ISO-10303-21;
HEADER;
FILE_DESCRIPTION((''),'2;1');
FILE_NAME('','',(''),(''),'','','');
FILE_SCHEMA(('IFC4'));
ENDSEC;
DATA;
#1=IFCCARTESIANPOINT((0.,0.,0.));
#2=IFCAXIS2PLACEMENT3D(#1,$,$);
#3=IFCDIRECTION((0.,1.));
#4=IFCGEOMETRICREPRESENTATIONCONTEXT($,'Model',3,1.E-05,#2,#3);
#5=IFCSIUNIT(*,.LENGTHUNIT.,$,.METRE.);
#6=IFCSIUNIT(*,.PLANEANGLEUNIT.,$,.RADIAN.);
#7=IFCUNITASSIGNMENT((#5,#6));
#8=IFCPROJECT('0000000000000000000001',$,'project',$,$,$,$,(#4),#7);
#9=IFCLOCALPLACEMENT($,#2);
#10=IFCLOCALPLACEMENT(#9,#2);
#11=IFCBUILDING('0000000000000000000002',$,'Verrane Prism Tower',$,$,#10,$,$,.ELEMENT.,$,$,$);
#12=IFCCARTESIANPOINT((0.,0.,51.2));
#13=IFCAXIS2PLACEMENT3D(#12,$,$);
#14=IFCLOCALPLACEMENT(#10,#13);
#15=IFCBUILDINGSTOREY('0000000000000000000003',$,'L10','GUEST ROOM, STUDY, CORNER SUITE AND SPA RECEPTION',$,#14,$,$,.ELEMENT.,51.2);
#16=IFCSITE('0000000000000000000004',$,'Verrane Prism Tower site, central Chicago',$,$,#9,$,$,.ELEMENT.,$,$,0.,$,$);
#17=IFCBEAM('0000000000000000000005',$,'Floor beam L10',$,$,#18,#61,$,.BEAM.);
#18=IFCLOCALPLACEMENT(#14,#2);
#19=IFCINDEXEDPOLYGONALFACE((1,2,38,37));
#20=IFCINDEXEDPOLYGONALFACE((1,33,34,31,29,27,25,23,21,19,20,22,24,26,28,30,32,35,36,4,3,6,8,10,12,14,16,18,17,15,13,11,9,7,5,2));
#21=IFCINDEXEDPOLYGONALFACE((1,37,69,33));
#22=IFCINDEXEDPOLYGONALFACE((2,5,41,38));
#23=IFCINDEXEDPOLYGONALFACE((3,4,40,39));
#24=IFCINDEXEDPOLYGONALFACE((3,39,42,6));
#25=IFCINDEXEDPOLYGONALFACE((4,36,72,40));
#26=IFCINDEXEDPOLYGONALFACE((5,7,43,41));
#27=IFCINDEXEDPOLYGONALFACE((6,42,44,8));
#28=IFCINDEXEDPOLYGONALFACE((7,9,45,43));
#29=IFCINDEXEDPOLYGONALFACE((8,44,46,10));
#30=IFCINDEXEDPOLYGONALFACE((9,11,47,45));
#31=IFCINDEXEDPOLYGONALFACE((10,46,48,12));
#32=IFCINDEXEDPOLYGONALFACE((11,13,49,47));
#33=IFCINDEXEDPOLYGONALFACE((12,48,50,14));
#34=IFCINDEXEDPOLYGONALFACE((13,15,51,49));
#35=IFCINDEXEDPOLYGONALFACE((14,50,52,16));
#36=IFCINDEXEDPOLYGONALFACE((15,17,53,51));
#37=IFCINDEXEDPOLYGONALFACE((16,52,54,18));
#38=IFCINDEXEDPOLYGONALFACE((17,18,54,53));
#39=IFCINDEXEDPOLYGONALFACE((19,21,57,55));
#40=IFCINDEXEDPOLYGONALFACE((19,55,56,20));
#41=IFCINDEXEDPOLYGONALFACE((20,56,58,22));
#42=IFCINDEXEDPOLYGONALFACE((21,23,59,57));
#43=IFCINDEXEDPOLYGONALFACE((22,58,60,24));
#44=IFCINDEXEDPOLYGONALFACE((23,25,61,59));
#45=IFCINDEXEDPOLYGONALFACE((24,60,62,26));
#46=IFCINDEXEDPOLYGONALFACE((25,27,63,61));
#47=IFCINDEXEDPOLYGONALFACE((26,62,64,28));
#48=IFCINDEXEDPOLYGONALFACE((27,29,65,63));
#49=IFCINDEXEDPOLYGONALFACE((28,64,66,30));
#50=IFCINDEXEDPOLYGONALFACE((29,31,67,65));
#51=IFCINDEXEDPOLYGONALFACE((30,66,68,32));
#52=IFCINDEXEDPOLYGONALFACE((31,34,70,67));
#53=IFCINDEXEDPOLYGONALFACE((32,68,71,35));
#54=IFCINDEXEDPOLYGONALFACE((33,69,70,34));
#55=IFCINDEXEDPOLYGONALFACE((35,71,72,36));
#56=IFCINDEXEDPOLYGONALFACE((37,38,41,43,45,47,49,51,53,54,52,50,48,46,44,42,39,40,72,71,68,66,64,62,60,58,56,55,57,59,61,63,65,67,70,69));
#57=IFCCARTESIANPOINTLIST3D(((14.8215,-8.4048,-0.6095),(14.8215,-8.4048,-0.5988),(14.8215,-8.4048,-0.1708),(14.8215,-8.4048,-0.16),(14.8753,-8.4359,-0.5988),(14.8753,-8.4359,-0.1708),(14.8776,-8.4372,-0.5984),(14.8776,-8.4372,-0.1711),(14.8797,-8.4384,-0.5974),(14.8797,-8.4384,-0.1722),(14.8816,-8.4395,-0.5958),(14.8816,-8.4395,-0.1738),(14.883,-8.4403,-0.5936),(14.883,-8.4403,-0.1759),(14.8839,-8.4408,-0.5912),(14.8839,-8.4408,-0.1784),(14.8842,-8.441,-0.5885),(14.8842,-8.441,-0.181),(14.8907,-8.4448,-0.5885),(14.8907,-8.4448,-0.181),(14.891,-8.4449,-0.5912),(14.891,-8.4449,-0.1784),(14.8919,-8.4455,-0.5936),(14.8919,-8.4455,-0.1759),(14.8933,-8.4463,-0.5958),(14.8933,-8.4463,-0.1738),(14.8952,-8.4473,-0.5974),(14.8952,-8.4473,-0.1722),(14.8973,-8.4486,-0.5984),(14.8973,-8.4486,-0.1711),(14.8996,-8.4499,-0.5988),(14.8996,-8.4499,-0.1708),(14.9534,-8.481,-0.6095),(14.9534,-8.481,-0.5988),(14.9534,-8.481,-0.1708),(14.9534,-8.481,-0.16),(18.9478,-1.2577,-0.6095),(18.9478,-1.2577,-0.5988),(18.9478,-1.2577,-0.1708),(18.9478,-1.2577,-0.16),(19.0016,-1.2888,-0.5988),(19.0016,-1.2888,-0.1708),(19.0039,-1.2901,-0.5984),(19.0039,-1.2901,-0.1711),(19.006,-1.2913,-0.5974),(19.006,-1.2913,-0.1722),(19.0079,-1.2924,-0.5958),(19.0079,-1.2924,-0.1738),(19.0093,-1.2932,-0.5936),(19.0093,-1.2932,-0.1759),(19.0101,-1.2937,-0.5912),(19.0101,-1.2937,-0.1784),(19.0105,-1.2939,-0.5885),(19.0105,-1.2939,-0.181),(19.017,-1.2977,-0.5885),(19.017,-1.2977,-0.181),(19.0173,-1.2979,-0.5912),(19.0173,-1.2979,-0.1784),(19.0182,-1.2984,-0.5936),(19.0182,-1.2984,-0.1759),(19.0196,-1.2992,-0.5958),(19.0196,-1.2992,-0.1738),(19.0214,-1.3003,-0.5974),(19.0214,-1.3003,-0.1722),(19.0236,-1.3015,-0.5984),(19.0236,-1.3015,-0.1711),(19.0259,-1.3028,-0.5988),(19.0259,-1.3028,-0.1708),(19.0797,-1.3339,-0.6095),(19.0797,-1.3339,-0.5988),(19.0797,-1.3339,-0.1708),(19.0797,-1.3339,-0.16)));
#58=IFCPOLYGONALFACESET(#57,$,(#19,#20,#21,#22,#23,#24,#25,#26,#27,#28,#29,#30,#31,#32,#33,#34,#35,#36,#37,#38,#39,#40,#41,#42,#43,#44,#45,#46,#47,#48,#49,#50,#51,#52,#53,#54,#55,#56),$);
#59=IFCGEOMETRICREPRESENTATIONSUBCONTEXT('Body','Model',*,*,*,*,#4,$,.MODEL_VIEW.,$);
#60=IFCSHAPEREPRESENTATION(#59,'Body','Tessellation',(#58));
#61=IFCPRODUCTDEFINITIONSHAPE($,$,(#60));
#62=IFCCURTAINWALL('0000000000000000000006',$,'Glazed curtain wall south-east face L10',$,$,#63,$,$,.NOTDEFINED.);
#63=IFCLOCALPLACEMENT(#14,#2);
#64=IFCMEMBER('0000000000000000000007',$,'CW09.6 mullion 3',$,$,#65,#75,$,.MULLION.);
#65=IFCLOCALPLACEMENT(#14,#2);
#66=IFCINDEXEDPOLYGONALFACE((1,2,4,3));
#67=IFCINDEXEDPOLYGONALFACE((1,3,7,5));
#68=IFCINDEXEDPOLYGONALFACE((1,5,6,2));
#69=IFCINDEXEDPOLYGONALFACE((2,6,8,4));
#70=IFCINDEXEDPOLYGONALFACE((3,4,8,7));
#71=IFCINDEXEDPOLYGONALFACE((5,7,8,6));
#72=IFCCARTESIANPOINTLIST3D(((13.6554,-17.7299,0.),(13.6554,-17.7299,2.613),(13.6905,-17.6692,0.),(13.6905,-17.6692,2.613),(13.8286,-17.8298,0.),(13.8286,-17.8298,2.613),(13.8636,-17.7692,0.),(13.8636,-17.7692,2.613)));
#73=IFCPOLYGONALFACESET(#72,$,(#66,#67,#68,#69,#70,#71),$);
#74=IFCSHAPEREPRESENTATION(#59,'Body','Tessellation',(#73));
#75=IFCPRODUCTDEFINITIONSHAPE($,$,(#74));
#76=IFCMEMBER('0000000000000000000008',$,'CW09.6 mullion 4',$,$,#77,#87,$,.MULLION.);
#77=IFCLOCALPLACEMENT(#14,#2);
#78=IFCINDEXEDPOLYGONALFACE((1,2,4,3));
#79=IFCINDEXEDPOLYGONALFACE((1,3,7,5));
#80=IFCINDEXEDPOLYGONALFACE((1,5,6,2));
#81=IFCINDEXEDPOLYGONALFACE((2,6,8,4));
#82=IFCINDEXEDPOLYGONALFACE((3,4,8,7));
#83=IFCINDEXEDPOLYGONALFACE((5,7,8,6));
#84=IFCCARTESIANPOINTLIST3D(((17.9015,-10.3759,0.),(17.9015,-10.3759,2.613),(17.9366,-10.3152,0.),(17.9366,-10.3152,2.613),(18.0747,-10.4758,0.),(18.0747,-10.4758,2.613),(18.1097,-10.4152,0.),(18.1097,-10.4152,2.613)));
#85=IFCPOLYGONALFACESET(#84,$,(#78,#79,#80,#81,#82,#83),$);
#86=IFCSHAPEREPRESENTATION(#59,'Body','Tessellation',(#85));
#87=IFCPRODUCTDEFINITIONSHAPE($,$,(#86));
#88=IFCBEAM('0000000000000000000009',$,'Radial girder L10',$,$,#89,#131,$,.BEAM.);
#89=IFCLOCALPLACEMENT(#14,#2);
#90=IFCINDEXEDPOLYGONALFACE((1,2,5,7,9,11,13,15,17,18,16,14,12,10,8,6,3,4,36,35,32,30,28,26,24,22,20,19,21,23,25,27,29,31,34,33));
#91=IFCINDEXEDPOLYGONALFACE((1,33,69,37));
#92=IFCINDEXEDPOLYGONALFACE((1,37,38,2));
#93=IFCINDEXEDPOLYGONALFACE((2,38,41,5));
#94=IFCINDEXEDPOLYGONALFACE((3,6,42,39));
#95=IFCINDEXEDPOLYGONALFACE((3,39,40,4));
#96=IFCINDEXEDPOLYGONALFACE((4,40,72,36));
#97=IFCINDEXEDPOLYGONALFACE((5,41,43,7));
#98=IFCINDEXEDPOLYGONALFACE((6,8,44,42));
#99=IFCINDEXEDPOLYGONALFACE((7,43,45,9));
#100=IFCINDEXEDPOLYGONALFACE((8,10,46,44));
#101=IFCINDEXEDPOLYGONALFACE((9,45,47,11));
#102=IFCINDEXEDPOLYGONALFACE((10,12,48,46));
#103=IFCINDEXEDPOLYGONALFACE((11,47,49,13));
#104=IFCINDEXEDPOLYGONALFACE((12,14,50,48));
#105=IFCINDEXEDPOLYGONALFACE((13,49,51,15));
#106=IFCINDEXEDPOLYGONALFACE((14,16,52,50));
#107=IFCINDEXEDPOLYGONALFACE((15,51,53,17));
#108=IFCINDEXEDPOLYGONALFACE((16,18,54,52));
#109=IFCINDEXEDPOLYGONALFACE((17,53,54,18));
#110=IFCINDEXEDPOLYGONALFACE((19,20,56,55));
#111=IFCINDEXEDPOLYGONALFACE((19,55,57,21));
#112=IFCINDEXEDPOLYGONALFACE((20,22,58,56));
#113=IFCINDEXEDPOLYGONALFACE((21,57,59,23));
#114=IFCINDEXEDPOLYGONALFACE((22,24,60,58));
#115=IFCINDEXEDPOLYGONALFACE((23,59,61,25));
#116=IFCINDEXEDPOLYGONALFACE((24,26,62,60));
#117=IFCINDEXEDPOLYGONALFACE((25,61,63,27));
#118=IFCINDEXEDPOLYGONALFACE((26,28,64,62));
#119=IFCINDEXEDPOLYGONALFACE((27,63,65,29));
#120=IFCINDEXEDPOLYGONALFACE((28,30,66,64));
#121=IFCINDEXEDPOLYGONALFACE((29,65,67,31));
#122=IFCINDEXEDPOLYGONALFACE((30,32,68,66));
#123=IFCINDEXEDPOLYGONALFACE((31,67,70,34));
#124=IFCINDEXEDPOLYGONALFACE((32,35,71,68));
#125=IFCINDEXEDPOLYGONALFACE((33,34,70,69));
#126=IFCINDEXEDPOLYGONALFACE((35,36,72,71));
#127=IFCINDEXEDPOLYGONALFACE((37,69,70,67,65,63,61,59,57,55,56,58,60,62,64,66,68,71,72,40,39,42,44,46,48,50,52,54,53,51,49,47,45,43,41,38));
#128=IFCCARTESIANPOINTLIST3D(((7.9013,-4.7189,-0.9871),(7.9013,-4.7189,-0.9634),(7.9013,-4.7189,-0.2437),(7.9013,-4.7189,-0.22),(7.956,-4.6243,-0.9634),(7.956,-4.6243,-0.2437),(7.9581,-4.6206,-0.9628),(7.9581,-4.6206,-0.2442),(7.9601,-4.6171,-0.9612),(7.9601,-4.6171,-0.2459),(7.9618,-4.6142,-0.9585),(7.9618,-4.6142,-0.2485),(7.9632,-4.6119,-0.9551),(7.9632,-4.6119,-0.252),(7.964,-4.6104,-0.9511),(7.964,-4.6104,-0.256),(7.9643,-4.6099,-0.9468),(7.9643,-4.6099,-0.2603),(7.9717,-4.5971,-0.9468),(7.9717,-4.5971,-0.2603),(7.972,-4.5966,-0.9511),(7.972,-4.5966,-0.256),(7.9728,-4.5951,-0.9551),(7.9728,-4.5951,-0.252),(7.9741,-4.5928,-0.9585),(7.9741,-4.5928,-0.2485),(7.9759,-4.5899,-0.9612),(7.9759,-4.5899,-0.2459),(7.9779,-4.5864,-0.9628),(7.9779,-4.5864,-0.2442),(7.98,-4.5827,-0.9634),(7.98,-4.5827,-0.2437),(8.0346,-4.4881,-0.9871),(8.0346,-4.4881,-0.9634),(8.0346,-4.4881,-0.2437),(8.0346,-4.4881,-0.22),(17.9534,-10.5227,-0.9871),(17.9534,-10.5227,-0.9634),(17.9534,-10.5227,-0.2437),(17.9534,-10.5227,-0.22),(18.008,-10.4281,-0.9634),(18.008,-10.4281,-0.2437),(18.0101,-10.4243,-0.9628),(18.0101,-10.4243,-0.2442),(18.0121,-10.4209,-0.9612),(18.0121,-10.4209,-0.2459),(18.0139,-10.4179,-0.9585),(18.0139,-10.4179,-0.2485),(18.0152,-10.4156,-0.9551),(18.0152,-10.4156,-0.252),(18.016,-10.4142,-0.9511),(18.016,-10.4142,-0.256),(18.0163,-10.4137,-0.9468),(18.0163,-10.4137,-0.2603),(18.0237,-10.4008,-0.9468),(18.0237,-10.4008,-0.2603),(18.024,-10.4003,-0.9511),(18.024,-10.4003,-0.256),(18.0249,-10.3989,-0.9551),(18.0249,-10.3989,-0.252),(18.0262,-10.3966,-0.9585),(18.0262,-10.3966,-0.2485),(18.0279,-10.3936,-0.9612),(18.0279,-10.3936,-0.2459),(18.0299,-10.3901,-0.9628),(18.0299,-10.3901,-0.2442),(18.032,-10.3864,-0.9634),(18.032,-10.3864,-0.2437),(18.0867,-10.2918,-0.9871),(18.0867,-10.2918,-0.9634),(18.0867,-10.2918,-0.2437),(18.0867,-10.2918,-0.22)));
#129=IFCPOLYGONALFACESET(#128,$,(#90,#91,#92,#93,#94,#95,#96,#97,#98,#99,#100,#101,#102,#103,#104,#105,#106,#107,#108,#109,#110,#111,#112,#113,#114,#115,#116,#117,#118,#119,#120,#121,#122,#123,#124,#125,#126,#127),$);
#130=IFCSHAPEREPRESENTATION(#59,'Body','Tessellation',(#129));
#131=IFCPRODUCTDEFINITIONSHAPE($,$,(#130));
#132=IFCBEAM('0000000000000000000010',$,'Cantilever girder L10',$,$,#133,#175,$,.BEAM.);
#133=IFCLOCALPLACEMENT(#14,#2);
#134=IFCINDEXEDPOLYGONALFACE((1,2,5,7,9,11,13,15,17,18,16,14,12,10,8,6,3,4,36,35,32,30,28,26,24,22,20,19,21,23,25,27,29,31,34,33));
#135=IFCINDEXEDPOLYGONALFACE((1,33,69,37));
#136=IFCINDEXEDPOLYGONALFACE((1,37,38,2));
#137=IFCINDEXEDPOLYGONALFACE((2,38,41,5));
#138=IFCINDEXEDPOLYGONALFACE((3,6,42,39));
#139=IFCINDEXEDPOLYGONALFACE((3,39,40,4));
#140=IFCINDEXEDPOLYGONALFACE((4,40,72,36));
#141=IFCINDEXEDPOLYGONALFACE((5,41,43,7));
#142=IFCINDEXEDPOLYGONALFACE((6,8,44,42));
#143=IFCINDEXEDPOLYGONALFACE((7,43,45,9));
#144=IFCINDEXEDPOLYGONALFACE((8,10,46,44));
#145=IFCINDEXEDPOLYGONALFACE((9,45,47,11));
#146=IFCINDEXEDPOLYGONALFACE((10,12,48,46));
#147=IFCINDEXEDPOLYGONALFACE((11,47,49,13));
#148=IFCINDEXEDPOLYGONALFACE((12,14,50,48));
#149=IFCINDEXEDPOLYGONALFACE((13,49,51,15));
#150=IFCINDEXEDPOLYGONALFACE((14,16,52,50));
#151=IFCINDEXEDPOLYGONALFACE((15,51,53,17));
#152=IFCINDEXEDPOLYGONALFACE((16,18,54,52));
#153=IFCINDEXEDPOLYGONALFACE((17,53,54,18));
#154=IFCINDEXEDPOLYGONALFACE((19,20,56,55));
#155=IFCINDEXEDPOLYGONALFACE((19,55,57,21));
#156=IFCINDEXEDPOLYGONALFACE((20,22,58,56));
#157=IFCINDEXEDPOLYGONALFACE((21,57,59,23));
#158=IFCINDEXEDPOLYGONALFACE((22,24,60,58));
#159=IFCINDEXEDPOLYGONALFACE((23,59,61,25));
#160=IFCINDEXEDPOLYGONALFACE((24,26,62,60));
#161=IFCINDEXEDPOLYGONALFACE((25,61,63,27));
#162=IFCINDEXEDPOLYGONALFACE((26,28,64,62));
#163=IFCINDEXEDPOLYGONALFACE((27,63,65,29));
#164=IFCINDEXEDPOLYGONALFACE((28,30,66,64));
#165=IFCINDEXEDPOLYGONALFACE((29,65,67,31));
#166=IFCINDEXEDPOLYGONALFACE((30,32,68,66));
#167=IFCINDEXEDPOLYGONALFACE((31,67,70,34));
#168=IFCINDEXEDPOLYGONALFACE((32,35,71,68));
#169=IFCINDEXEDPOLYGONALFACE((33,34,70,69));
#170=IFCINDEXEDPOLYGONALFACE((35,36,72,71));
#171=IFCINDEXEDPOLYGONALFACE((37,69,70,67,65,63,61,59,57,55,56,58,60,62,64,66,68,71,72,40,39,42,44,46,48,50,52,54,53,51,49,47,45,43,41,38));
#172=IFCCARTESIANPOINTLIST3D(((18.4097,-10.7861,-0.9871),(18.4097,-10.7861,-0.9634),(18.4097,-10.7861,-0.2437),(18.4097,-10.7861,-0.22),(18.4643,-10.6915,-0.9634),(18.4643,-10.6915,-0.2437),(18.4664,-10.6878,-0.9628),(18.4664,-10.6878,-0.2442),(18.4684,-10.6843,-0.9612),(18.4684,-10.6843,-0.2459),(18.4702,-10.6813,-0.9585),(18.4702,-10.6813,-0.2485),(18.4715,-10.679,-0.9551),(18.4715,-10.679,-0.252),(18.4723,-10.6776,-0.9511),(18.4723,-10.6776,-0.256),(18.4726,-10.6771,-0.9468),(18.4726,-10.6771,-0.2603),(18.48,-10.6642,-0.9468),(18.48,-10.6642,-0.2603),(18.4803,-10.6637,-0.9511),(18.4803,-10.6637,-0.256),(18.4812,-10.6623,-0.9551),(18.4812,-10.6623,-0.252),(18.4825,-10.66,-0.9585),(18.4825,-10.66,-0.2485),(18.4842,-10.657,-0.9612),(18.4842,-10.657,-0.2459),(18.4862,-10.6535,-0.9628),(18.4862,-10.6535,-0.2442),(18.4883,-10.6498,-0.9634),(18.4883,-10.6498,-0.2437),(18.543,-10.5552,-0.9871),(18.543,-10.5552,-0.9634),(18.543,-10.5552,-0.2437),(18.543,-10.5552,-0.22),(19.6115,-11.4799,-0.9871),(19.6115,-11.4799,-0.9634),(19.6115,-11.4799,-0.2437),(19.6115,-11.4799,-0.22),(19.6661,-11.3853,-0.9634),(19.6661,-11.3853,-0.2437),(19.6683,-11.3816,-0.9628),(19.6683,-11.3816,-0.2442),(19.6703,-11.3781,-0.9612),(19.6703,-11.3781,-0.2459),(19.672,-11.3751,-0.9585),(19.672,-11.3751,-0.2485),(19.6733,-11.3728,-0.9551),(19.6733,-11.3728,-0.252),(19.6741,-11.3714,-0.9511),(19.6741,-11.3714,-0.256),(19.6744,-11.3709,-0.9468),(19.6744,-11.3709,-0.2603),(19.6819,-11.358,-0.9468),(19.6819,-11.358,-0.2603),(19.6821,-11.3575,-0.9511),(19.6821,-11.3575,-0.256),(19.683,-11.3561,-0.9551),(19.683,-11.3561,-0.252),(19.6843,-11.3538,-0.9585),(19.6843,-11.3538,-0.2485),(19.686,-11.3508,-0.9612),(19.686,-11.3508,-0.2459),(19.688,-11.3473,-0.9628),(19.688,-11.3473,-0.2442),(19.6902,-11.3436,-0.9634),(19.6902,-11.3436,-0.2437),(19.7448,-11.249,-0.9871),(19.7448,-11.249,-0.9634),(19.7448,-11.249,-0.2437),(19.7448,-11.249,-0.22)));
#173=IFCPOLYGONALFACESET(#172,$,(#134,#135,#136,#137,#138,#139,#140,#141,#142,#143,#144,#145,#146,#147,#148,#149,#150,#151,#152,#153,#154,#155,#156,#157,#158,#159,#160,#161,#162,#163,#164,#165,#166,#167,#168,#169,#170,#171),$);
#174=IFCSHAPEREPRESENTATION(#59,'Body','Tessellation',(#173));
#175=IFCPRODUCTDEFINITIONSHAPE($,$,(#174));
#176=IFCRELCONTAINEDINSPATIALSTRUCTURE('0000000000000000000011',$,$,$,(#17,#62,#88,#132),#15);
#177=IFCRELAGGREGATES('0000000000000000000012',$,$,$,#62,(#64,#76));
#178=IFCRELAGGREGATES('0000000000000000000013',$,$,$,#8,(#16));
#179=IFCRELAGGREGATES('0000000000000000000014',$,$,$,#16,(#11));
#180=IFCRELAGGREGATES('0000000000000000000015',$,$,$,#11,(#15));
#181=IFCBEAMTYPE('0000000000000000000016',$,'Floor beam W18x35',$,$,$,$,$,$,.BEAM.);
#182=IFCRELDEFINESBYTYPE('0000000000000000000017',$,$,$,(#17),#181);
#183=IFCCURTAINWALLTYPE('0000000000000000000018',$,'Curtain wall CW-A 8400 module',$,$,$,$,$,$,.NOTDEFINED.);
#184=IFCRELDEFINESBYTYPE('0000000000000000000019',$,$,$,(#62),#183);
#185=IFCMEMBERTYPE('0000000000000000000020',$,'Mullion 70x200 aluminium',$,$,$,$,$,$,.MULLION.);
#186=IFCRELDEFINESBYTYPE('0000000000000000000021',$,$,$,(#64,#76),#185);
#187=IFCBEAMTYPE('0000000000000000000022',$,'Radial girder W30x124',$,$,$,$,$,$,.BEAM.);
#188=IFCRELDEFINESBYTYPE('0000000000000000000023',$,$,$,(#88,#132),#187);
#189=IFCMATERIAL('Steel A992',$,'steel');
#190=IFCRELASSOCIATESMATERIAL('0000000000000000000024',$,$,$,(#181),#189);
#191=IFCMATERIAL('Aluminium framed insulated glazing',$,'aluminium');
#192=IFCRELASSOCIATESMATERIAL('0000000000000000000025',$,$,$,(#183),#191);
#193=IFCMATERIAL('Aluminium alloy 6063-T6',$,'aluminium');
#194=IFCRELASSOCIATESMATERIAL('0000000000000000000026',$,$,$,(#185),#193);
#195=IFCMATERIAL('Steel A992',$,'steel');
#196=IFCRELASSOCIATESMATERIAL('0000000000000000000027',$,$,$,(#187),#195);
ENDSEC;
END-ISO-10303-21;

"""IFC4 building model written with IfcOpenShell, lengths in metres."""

from ifc_helpers import new_model, si_unit, direction, frame, origin, origin_2d, place, context, subcontext, project, spatial, rectangle, i_section, extrude, material, material_profile, profile_set, type_object, element, aggregate, save


model = new_model("IFC4")

# Units and contexts
model_context = context("Model", 3, precision=1e-05, world=origin(), true_north=direction((0.0, 1.0)))
body_context = subcontext(model_context, "Body", "Model", "MODEL_VIEW")
ifc_project = project(units=[si_unit("LENGTHUNIT", "METRE"), si_unit("PLANEANGLEUNIT", "RADIAN")], contexts=[model_context])

# Site, building, storey
site_placement = place(None, origin())
site = spatial("IfcSite", under=ifc_project, at=site_placement, Name="Verrane Prism Tower site, central Chicago", CompositionType="ELEMENT", RefElevation=0.0)
building_placement = place(site_placement, origin())
building = spatial("IfcBuilding", under=site, at=building_placement, Name="Verrane Prism Tower", CompositionType="ELEMENT")
storey_placement = place(building_placement, frame((0.0, 0.0, 51.2)))
storey = spatial("IfcBuildingStorey", under=building, at=storey_placement, Name="L10", Description="GUEST ROOM, STUDY, CORNER SUITE AND SPA RECEPTION", CompositionType="ELEMENT", Elevation=51.2)

# Beam
ifc_material_1 = material(Name="Steel A992", Category="steel")
ifc_material_profile_1 = material_profile(ifc_material_1, i_section(OverallWidth=0.1523, OverallDepth=0.4495, WebThickness=0.0076, FlangeThickness=0.0107, FilletRadius=0.0103, at=origin_2d()), Name="W18x35")
ifc_profile_set_1 = profile_set([ifc_material_profile_1], Name="Steel A992")
beam_type_1 = type_object("IfcBeamType", Name="Floor beam W18x35", PredefinedType="BEAM", material=ifc_profile_set_1)
beam_1_placement = place(storey_placement, frame((14.8875, -8.4429, -0.3848), z_axis=(0.499992, 0.86603, 0.0), x_axis=(-0.86603, 0.499992, 0.0)))
element("IfcBeam", 1, at=beam_1_placement, inside=storey, type_object=beam_type_1, Name="Floor beam L10", PredefinedType="BEAM", context=body_context, shape_type="SweptSolid", body=[
    extrude(i_section(OverallWidth=0.1523, OverallDepth=0.4495, WebThickness=0.0076, FlangeThickness=0.0107, FilletRadius=0.0103, at=origin_2d()), origin(), (0.0, 0.0, 1.0), 8.2527),
])

# Curtain wall, members
ifc_material_2 = material(Name="Aluminium framed insulated glazing", Category="aluminium")
curtain_wall_type = type_object("IfcCurtainWallType", Name="Curtain wall CW-A 8400 module", PredefinedType="NOTDEFINED", material=ifc_material_2)
curtain_wall_placement = place(storey_placement, origin())
curtain_wall = element("IfcCurtainWall", 2, at=curtain_wall_placement, inside=storey, type_object=curtain_wall_type, Name="Glazed curtain wall south-east face L10", PredefinedType="NOTDEFINED")
ifc_material_3 = material(Name="Aluminium alloy 6063-T6", Category="aluminium")
ifc_material_profile_2 = material_profile(ifc_material_3, rectangle(XDim=0.2, YDim=0.0701, at=origin_2d()), Name="Mullion 70x200 aluminium")
ifc_profile_set_2 = profile_set([ifc_material_profile_2], Name="Aluminium alloy 6063-T6")
member_type_1 = type_object("IfcMemberType", Name="Mullion 70x200 aluminium", PredefinedType="MULLION", material=ifc_profile_set_2)
member_1_placement = place(storey_placement, frame((13.7595, -17.7495, 0.0), z_axis=(0.0, 0.0, 1.0), x_axis=(-0.866026, 0.499999, 0.0)))
member_1 = element("IfcMember", 3, at=member_1_placement, type_object=member_type_1, Name="CW09.6 mullion 3", PredefinedType="MULLION", context=body_context, shape_type="SweptSolid", body=[
    extrude(rectangle(XDim=0.2, YDim=0.0701, at=origin_2d()), origin(), (0.0, 0.0, 1.0), 2.613),
])
member_2_placement = place(storey_placement, frame((18.0056, -10.3955, 0.0), z_axis=(0.0, 0.0, 1.0), x_axis=(-0.866026, 0.499999, 0.0)))
member_2 = element("IfcMember", 4, at=member_2_placement, type_object=member_type_1, Name="CW09.6 mullion 4", PredefinedType="MULLION", context=body_context, shape_type="SweptSolid", body=[
    extrude(rectangle(XDim=0.2, YDim=0.0701, at=origin_2d()), origin(), (0.0, 0.0, 1.0), 2.613),
])

# Beams
ifc_material_4 = material(Name="Steel A992", Category="steel")
ifc_material_profile_3 = material_profile(ifc_material_4, i_section(OverallWidth=0.2666, OverallDepth=0.7671, WebThickness=0.0149, FlangeThickness=0.0237, FilletRadius=0.0166, at=origin_2d()), Name="W30x124")
ifc_profile_set_3 = profile_set([ifc_material_profile_3], Name="Steel A992")
beam_type_2 = type_object("IfcBeamType", Name="Radial girder W30x124", PredefinedType="BEAM", material=ifc_profile_set_3)
beam_2_placement = place(storey_placement, frame((18.02, -10.4072, -0.6035), z_axis=(-0.866019, 0.500012, 0.0), x_axis=(-0.500012, -0.866019, 0.0)))
element("IfcBeam", 5, at=beam_2_placement, inside=storey, type_object=beam_type_2, Name="Radial girder L10", PredefinedType="BEAM", context=body_context, shape_type="SweptSolid", body=[
    extrude(i_section(OverallWidth=0.2666, OverallDepth=0.7671, WebThickness=0.0149, FlangeThickness=0.0237, FilletRadius=0.0166, at=origin_2d()), origin(), (0.0, 0.0, 1.0), 11.6072),
])
beam_3_placement = place(storey_placement, frame((18.4763, -10.6707, -0.6035), z_axis=(0.866048, -0.499961, 0.0), x_axis=(0.499961, 0.866048, 0.0)))
element("IfcBeam", 6, at=beam_3_placement, inside=storey, type_object=beam_type_2, Name="Cantilever girder L10", PredefinedType="BEAM", context=body_context, shape_type="SweptSolid", body=[
    extrude(i_section(OverallWidth=0.2666, OverallDepth=0.7671, WebThickness=0.0149, FlangeThickness=0.0237, FilletRadius=0.0166, at=origin_2d()), origin(), (0.0, 0.0, 1.0), 1.3877),
])

aggregate(curtain_wall, [member_1, member_2])

save(model, "model.ifc")
